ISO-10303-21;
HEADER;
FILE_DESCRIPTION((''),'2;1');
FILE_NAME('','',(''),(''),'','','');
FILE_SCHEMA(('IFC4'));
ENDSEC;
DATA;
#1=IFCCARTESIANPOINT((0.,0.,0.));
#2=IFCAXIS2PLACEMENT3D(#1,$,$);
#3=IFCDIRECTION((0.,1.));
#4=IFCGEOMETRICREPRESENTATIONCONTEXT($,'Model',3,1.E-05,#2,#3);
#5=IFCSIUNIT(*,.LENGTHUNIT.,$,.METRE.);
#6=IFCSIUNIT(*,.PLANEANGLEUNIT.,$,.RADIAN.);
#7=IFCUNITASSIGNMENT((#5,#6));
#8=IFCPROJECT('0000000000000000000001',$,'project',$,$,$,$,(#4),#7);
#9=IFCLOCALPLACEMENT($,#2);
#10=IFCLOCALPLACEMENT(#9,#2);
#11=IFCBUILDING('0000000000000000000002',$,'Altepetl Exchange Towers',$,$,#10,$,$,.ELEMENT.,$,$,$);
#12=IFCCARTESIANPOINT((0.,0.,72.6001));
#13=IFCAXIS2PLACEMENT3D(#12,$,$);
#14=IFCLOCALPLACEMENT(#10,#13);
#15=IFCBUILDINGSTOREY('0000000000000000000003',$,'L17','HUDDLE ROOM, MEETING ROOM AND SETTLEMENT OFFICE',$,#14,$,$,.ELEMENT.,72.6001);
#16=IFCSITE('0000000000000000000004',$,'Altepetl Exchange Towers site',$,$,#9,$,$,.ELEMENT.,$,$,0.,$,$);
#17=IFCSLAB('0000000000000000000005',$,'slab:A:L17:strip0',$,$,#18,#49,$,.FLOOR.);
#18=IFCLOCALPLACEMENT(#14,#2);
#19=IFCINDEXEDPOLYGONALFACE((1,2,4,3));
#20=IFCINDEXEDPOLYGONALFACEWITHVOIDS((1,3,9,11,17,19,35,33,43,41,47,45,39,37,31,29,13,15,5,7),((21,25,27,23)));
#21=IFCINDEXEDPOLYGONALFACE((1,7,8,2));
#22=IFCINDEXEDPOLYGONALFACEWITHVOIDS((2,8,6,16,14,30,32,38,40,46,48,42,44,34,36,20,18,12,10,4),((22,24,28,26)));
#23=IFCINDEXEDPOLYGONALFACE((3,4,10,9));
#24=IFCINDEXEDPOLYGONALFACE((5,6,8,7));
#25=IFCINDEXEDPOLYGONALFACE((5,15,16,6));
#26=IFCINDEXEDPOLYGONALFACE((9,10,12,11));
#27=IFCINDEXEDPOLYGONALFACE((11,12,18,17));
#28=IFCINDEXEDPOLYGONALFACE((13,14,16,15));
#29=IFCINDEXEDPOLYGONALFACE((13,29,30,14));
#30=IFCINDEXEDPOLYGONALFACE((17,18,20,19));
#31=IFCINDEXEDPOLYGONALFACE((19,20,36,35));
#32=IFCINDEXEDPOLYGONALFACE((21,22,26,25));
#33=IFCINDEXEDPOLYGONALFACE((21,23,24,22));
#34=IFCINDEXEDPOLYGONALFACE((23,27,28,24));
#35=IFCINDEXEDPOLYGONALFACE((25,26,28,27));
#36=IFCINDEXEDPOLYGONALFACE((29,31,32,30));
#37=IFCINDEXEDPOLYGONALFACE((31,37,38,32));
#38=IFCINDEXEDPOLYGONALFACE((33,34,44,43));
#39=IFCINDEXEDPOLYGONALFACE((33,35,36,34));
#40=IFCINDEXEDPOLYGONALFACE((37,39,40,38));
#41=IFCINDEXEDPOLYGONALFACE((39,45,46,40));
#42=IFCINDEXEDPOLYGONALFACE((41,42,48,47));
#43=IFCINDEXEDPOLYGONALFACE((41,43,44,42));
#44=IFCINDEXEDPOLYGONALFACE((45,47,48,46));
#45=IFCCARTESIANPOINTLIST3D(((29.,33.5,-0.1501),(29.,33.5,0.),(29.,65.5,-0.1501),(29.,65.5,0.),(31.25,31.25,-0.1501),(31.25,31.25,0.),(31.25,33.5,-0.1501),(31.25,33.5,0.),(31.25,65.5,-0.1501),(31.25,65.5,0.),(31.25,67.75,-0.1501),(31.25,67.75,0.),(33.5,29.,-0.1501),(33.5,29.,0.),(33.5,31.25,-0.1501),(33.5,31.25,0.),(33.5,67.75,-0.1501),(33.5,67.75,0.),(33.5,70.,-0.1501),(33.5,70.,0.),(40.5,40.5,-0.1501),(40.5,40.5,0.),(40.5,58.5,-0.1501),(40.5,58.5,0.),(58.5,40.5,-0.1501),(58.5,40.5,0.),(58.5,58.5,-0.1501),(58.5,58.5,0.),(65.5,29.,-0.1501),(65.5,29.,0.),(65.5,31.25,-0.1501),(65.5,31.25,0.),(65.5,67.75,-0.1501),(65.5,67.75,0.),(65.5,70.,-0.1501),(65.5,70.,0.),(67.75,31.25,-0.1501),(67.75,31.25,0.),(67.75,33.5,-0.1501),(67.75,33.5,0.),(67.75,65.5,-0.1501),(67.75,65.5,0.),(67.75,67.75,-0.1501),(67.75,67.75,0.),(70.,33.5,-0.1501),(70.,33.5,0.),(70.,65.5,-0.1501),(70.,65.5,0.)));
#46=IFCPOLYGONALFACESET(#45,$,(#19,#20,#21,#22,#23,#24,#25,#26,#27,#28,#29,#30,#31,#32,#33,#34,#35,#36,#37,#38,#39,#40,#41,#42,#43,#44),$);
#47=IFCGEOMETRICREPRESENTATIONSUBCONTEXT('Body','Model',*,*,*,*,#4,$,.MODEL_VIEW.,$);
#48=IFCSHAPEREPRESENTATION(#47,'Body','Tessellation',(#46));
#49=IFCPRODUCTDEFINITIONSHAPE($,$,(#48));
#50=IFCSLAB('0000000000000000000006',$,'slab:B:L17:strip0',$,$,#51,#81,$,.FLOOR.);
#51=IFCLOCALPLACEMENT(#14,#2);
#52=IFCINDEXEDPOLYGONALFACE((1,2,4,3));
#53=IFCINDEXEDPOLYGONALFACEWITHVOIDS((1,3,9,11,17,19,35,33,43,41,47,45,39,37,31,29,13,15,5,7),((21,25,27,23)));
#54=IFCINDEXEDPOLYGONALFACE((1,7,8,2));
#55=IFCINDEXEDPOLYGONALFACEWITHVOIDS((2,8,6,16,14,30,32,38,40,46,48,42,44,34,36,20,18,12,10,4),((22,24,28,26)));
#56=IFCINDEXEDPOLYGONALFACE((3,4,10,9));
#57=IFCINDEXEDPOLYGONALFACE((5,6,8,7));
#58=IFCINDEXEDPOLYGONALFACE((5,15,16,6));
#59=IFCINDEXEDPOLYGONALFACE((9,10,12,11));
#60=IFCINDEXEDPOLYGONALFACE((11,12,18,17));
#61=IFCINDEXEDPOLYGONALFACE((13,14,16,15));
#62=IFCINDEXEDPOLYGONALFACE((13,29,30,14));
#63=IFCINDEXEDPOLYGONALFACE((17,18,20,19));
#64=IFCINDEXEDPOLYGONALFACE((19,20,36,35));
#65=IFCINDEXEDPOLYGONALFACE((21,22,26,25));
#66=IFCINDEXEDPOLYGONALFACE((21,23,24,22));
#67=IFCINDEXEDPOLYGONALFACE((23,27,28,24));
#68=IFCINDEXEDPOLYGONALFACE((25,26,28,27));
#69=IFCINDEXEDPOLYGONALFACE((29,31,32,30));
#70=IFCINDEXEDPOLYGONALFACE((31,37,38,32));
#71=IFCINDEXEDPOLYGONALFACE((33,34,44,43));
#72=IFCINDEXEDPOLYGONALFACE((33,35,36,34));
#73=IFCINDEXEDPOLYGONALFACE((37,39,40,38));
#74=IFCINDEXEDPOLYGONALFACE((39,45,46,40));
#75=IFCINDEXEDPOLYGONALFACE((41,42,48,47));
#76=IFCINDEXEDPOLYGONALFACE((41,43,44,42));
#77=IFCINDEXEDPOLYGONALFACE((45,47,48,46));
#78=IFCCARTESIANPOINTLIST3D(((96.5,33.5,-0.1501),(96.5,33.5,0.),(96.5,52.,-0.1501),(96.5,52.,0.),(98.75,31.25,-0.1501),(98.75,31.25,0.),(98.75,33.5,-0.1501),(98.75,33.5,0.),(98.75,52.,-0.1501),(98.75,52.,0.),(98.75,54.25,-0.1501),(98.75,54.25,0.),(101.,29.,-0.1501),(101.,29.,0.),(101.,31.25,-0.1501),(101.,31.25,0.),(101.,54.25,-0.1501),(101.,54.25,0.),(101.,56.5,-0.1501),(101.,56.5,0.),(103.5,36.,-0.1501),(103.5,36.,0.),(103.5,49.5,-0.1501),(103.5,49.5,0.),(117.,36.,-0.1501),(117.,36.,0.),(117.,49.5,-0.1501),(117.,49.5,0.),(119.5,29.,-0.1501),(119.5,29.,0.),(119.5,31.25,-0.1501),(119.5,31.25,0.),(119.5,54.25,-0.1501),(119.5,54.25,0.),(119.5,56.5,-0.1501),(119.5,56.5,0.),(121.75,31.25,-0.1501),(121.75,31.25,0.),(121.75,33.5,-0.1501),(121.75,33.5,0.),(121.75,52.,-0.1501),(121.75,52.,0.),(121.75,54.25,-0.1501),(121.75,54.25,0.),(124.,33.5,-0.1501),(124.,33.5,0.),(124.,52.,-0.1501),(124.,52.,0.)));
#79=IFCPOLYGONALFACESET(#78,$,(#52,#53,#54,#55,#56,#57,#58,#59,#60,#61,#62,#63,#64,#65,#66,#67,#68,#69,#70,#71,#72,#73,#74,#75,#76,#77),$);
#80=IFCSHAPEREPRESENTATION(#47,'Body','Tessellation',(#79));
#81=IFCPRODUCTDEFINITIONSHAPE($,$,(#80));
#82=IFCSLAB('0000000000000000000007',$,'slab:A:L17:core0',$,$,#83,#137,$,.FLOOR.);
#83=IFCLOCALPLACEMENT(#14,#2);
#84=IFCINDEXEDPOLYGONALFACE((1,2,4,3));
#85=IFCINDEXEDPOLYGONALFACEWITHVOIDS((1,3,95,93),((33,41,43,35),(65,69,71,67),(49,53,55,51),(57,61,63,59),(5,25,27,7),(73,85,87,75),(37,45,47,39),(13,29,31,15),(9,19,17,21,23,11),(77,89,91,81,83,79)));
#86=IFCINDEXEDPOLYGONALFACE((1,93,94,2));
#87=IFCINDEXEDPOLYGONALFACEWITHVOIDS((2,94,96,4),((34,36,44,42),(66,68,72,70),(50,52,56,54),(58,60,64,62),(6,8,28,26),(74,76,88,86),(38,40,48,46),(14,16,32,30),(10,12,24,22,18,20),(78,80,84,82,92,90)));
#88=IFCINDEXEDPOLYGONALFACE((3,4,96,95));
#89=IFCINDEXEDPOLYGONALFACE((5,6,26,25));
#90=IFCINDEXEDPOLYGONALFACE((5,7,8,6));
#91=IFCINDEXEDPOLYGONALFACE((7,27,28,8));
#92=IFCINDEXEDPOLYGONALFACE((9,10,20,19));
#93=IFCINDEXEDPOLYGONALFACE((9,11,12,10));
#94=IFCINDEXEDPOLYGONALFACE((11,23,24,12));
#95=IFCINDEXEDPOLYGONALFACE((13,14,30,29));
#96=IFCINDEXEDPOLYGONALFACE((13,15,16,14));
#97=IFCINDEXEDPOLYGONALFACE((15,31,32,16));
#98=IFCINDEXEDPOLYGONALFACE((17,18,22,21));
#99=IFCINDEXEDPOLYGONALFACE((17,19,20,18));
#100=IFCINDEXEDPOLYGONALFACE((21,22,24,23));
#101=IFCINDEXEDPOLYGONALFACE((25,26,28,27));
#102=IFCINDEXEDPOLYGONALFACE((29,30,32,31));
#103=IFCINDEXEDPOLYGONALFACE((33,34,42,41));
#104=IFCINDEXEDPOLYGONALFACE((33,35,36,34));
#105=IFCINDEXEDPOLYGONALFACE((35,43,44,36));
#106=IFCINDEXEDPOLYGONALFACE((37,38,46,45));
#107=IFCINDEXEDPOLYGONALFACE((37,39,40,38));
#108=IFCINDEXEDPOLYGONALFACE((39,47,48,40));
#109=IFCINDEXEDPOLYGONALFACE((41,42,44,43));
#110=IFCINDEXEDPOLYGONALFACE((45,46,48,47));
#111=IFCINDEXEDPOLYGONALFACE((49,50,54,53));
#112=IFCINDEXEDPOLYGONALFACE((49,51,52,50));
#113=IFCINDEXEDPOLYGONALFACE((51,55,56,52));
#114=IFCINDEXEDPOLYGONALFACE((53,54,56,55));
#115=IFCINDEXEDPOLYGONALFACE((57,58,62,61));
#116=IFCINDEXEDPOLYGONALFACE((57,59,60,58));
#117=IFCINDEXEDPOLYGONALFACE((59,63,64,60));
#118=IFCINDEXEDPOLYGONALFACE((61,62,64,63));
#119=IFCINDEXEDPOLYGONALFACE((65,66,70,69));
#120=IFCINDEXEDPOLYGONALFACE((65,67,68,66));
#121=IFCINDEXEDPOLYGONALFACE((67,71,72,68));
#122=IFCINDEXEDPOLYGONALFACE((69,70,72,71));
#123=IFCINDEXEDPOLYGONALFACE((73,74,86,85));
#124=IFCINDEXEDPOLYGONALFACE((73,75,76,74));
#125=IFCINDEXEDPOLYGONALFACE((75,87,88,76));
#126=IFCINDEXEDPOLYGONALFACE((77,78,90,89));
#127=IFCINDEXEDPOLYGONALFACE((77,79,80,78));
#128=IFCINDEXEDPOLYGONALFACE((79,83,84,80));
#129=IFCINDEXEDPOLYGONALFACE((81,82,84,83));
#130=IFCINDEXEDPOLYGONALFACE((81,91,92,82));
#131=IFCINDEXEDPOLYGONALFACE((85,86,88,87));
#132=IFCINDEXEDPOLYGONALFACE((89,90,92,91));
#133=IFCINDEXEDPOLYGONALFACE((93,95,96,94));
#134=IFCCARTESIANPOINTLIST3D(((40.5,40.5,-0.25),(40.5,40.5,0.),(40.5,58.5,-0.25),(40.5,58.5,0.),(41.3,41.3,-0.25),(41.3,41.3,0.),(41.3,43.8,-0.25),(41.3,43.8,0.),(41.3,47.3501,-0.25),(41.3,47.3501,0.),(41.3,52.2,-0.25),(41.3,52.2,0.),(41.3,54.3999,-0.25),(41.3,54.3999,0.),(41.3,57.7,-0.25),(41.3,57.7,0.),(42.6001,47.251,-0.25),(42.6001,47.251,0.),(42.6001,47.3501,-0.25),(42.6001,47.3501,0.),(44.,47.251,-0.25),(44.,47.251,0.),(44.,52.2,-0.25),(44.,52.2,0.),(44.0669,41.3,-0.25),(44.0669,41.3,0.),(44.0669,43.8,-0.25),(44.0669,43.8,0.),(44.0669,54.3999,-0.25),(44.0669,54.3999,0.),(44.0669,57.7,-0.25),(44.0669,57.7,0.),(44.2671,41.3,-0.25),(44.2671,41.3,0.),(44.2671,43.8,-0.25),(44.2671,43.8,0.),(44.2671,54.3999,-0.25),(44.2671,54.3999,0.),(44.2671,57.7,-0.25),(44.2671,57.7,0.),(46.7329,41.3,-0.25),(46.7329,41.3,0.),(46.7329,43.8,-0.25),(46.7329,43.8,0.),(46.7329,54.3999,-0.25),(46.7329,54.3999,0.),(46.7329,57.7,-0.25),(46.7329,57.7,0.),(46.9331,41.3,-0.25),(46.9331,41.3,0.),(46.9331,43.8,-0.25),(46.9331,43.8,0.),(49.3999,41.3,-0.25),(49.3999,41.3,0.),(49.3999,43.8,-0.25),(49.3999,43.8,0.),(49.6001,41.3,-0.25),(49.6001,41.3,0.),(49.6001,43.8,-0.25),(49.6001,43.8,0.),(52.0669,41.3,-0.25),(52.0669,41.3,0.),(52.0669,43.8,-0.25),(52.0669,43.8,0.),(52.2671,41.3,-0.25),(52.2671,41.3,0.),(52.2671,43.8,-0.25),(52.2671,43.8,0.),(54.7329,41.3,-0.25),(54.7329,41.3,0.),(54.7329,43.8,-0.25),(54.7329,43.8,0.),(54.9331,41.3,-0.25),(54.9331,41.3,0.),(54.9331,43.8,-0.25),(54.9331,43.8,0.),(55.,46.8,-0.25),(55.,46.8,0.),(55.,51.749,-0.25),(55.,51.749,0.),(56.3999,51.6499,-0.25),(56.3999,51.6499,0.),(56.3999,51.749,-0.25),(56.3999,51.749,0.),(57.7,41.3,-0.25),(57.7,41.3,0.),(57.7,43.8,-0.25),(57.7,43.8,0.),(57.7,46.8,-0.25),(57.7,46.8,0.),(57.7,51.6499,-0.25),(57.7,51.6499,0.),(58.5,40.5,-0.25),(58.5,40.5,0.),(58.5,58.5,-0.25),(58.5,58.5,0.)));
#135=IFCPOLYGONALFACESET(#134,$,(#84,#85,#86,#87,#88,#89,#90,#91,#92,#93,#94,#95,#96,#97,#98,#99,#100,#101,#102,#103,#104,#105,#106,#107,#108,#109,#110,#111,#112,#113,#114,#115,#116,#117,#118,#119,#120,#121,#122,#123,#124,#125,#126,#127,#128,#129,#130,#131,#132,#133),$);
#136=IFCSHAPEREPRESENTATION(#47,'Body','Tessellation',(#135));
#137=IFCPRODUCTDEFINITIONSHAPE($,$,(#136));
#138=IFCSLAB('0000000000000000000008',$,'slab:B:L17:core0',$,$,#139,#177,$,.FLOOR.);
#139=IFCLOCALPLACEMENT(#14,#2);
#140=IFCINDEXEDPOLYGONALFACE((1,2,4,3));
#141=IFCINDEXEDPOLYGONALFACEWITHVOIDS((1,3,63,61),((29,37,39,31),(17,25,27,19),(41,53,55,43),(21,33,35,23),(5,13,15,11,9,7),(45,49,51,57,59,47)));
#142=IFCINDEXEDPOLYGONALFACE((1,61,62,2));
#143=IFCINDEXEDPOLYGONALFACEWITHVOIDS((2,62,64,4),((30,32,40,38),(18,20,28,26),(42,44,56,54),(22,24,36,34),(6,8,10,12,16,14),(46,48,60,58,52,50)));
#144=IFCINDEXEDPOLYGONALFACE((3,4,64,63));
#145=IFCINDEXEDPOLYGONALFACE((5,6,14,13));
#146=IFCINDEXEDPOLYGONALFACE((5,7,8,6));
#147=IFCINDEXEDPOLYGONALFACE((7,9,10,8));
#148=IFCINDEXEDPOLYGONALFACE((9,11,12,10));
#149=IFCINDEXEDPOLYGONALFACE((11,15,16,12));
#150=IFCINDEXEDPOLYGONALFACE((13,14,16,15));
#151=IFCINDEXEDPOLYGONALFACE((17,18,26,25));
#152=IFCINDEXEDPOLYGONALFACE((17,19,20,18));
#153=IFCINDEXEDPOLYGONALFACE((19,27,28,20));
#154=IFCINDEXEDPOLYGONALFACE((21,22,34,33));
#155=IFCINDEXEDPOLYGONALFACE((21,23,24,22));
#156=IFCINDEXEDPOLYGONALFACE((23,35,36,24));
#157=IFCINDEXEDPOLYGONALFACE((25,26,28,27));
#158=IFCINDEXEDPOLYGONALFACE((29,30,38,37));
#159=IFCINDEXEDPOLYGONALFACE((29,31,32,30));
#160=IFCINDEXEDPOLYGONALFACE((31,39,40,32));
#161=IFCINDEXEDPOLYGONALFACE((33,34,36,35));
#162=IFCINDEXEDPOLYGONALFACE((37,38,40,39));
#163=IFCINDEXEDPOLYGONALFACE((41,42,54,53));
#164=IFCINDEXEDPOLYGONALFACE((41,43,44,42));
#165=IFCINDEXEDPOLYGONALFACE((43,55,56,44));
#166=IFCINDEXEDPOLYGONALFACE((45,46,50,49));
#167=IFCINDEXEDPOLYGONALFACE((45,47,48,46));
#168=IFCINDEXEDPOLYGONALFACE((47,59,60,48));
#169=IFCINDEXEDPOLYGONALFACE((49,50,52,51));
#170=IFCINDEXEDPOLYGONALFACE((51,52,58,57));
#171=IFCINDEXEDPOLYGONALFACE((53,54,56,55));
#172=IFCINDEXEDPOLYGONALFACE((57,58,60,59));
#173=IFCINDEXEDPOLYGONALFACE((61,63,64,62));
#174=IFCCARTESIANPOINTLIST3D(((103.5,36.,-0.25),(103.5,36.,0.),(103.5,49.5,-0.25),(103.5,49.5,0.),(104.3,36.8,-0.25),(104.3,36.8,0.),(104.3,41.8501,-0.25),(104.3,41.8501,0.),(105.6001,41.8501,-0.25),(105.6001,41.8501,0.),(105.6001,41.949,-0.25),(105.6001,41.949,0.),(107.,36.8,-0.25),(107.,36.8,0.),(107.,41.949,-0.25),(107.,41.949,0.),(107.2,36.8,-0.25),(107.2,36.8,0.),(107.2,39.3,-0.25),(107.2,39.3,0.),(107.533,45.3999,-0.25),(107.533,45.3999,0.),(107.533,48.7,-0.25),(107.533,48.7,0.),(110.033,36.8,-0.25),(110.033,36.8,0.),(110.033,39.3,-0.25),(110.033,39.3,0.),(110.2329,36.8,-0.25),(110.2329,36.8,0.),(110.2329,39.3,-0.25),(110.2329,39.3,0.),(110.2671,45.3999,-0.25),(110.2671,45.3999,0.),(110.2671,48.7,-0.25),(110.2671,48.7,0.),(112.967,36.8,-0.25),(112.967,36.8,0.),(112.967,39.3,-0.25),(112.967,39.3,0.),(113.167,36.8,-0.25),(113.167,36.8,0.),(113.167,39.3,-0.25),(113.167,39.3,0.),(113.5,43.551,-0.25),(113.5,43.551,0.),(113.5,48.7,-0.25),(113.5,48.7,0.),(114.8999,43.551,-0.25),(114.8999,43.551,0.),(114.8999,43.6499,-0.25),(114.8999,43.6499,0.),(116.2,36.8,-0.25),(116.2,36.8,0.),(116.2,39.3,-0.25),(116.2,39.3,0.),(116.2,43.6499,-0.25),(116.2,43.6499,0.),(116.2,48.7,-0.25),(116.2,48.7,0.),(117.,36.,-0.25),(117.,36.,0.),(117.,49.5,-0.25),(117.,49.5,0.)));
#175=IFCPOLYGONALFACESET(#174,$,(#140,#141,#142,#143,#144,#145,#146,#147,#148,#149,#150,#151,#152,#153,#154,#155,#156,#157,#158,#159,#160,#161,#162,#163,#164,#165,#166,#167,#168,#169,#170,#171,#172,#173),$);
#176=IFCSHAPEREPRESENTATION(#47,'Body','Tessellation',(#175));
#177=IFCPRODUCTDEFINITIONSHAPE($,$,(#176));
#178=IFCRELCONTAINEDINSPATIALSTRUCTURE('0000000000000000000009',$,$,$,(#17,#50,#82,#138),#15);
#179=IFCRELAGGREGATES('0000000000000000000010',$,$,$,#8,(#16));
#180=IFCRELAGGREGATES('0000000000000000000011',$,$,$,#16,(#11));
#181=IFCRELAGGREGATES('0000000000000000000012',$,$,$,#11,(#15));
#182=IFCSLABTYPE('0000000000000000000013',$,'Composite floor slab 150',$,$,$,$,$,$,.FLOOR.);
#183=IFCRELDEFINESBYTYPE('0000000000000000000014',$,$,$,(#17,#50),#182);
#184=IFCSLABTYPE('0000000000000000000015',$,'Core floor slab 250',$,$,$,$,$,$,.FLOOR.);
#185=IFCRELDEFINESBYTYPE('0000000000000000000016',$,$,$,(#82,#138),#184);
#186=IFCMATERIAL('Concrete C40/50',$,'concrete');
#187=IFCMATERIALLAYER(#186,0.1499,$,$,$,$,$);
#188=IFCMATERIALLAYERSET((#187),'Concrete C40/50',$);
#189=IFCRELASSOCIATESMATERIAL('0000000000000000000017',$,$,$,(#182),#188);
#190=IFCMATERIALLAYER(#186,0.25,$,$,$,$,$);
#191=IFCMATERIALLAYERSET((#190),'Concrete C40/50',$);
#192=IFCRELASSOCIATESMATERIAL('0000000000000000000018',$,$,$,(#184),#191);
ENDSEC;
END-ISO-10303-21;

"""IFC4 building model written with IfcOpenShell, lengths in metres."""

from ifc_helpers import new_model, si_unit, direction, frame, origin, place, context, subcontext, project, spatial, polyline, outline, extrude, material, layer, layer_set, type_object, element, save


model = new_model("IFC4")

# Units and contexts
model_context = context("Model", 3, precision=1e-05, world=origin(), true_north=direction((0.0, 1.0)))
body_context = subcontext(model_context, "Body", "Model", "MODEL_VIEW")
ifc_project = project(units=[si_unit("LENGTHUNIT", "METRE"), si_unit("PLANEANGLEUNIT", "RADIAN")], contexts=[model_context])

# Site, building, storey
site_placement = place(None, origin())
site = spatial("IfcSite", under=ifc_project, at=site_placement, Name="Altepetl Exchange Towers site", CompositionType="ELEMENT", RefElevation=0.0)
building_placement = place(site_placement, origin())
building = spatial("IfcBuilding", under=site, at=building_placement, Name="Altepetl Exchange Towers", CompositionType="ELEMENT")
storey_placement = place(building_placement, frame((0.0, 0.0, 72.6001)))
storey = spatial("IfcBuildingStorey", under=building, at=storey_placement, Name="L17", Description="HUDDLE ROOM, MEETING ROOM AND SETTLEMENT OFFICE", CompositionType="ELEMENT", Elevation=72.6001)

# Slabs
ifc_material_1 = material(Name="Concrete C40/50", Category="concrete")
ifc_layer_1 = layer(ifc_material_1, 0.1499)
ifc_layer_set_1 = layer_set([ifc_layer_1], Name="Concrete C40/50")
slab_type_1 = type_object("IfcSlabType", Name="Composite floor slab 150", PredefinedType="FLOOR", material=ifc_layer_set_1)
slab_1_placement = place(storey_placement, frame((0.0, 0.0, -0.1501)))
element("IfcSlab", 1, at=slab_1_placement, inside=storey, type_object=slab_type_1, Name="slab:A:L17:strip0", PredefinedType="FLOOR", context=body_context, shape_type="SweptSolid", body=[
    extrude(outline(polyline([(31.25, 67.75), (31.25, 65.5), (29.0, 65.5), (29.0, 33.5), (31.25, 33.5), (31.25, 31.25), (33.5, 31.25), (33.5, 29.0), (65.5, 29.0), (65.5, 31.25), (67.75, 31.25), (67.75, 33.5), (70.0, 33.5), (70.0, 65.5), (67.75, 65.5), (67.75, 67.75), (65.5, 67.75), (65.5, 70.0), (33.5, 70.0), (33.5, 67.75), (31.25, 67.75)]), holes=[polyline([(58.5, 58.5), (58.5, 40.5), (40.5, 40.5), (40.5, 58.5), (58.5, 58.5)])]), origin(), (0.0, 0.0, 1.0), 0.1501),
])
slab_2_placement = place(storey_placement, frame((0.0, 0.0, -0.1501)))
element("IfcSlab", 2, at=slab_2_placement, inside=storey, type_object=slab_type_1, Name="slab:B:L17:strip0", PredefinedType="FLOOR", context=body_context, shape_type="SweptSolid", body=[
    extrude(outline(polyline([(98.75, 54.25), (98.75, 52.0), (96.5, 52.0), (96.5, 33.5), (98.75, 33.5), (98.75, 31.25), (101.0, 31.25), (101.0, 29.0), (119.5, 29.0), (119.5, 31.25), (121.75, 31.25), (121.75, 33.5), (124.0, 33.5), (124.0, 52.0), (121.75, 52.0), (121.75, 54.25), (119.5, 54.25), (119.5, 56.5), (101.0, 56.5), (101.0, 54.25), (98.75, 54.25)]), holes=[polyline([(117.0, 49.5), (117.0, 36.0), (103.5, 36.0), (103.5, 49.5), (117.0, 49.5)])]), origin(), (0.0, 0.0, 1.0), 0.1501),
])
ifc_layer_2 = layer(ifc_material_1, 0.25)
ifc_layer_set_2 = layer_set([ifc_layer_2], Name="Concrete C40/50")
slab_type_2 = type_object("IfcSlabType", Name="Core floor slab 250", PredefinedType="FLOOR", material=ifc_layer_set_2)
slab_3_placement = place(storey_placement, frame((0.0, 0.0, -0.25)))
element("IfcSlab", 3, at=slab_3_placement, inside=storey, type_object=slab_type_2, Name="slab:A:L17:core0", PredefinedType="FLOOR", context=body_context, shape_type="SweptSolid", body=[
    extrude(outline(polyline([(40.5, 40.5), (58.5, 40.5), (58.5, 58.5), (40.5, 58.5), (40.5, 40.5)]), holes=[polyline([(41.3, 43.8), (44.0669, 43.8), (44.0669, 41.3), (41.3, 41.3), (41.3, 43.8)]), polyline([(44.2671, 43.8), (46.7329, 43.8), (46.7329, 41.3), (44.2671, 41.3), (44.2671, 43.8)]), polyline([(46.9331, 43.8), (49.3999, 43.8), (49.3999, 41.3), (46.9331, 41.3), (46.9331, 43.8)]), polyline([(52.0669, 43.8), (52.0669, 41.3), (49.6001, 41.3), (49.6001, 43.8), (52.0669, 43.8)]), polyline([(54.7329, 43.8), (54.7329, 41.3), (52.2671, 41.3), (52.2671, 43.8), (54.7329, 43.8)]), polyline([(54.9331, 43.8), (57.7, 43.8), (57.7, 41.3), (54.9331, 41.3), (54.9331, 43.8)]), polyline([(55.0, 51.749), (56.3999, 51.749), (56.3999, 51.6499), (57.7, 51.6499), (57.7, 46.8), (55.0, 46.8), (55.0, 51.749)]), polyline([(44.0, 47.251), (42.6001, 47.251), (42.6001, 47.3501), (41.3, 47.3501), (41.3, 52.2), (44.0, 52.2), (44.0, 47.251)]), polyline([(44.0669, 57.7), (44.0669, 54.3999), (41.3, 54.3999), (41.3, 57.7), (44.0669, 57.7)]), polyline([(46.7329, 57.7), (46.7329, 54.3999), (44.2671, 54.3999), (44.2671, 57.7), (46.7329, 57.7)])]), origin(), (0.0, 0.0, 1.0), 0.25),
])
slab_4_placement = place(storey_placement, frame((0.0, 0.0, -0.25)))
element("IfcSlab", 4, at=slab_4_placement, inside=storey, type_object=slab_type_2, Name="slab:B:L17:core0", PredefinedType="FLOOR", context=body_context, shape_type="SweptSolid", body=[
    extrude(outline(polyline([(103.5, 36.0), (117.0, 36.0), (117.0, 49.5), (103.5, 49.5), (103.5, 36.0)]), holes=[polyline([(107.2, 36.8), (107.2, 39.3), (110.033, 39.3), (110.033, 36.8), (107.2, 36.8)]), polyline([(110.2329, 39.3), (112.967, 39.3), (112.967, 36.8), (110.2329, 36.8), (110.2329, 39.3)]), polyline([(113.167, 39.3), (116.2, 39.3), (116.2, 36.8), (113.167, 36.8), (113.167, 39.3)]), polyline([(107.0, 36.8), (104.3, 36.8), (104.3, 41.8501), (105.6001, 41.8501), (105.6001, 41.949), (107.0, 41.949), (107.0, 36.8)]), polyline([(116.2, 48.7), (116.2, 43.6499), (114.8999, 43.6499), (114.8999, 43.551), (113.5, 43.551), (113.5, 48.7), (116.2, 48.7)]), polyline([(107.533, 48.7), (110.2671, 48.7), (110.2671, 45.3999), (107.533, 45.3999), (107.533, 48.7)])]), origin(), (0.0, 0.0, 1.0), 0.25),
])

save(model, "model.ifc")
